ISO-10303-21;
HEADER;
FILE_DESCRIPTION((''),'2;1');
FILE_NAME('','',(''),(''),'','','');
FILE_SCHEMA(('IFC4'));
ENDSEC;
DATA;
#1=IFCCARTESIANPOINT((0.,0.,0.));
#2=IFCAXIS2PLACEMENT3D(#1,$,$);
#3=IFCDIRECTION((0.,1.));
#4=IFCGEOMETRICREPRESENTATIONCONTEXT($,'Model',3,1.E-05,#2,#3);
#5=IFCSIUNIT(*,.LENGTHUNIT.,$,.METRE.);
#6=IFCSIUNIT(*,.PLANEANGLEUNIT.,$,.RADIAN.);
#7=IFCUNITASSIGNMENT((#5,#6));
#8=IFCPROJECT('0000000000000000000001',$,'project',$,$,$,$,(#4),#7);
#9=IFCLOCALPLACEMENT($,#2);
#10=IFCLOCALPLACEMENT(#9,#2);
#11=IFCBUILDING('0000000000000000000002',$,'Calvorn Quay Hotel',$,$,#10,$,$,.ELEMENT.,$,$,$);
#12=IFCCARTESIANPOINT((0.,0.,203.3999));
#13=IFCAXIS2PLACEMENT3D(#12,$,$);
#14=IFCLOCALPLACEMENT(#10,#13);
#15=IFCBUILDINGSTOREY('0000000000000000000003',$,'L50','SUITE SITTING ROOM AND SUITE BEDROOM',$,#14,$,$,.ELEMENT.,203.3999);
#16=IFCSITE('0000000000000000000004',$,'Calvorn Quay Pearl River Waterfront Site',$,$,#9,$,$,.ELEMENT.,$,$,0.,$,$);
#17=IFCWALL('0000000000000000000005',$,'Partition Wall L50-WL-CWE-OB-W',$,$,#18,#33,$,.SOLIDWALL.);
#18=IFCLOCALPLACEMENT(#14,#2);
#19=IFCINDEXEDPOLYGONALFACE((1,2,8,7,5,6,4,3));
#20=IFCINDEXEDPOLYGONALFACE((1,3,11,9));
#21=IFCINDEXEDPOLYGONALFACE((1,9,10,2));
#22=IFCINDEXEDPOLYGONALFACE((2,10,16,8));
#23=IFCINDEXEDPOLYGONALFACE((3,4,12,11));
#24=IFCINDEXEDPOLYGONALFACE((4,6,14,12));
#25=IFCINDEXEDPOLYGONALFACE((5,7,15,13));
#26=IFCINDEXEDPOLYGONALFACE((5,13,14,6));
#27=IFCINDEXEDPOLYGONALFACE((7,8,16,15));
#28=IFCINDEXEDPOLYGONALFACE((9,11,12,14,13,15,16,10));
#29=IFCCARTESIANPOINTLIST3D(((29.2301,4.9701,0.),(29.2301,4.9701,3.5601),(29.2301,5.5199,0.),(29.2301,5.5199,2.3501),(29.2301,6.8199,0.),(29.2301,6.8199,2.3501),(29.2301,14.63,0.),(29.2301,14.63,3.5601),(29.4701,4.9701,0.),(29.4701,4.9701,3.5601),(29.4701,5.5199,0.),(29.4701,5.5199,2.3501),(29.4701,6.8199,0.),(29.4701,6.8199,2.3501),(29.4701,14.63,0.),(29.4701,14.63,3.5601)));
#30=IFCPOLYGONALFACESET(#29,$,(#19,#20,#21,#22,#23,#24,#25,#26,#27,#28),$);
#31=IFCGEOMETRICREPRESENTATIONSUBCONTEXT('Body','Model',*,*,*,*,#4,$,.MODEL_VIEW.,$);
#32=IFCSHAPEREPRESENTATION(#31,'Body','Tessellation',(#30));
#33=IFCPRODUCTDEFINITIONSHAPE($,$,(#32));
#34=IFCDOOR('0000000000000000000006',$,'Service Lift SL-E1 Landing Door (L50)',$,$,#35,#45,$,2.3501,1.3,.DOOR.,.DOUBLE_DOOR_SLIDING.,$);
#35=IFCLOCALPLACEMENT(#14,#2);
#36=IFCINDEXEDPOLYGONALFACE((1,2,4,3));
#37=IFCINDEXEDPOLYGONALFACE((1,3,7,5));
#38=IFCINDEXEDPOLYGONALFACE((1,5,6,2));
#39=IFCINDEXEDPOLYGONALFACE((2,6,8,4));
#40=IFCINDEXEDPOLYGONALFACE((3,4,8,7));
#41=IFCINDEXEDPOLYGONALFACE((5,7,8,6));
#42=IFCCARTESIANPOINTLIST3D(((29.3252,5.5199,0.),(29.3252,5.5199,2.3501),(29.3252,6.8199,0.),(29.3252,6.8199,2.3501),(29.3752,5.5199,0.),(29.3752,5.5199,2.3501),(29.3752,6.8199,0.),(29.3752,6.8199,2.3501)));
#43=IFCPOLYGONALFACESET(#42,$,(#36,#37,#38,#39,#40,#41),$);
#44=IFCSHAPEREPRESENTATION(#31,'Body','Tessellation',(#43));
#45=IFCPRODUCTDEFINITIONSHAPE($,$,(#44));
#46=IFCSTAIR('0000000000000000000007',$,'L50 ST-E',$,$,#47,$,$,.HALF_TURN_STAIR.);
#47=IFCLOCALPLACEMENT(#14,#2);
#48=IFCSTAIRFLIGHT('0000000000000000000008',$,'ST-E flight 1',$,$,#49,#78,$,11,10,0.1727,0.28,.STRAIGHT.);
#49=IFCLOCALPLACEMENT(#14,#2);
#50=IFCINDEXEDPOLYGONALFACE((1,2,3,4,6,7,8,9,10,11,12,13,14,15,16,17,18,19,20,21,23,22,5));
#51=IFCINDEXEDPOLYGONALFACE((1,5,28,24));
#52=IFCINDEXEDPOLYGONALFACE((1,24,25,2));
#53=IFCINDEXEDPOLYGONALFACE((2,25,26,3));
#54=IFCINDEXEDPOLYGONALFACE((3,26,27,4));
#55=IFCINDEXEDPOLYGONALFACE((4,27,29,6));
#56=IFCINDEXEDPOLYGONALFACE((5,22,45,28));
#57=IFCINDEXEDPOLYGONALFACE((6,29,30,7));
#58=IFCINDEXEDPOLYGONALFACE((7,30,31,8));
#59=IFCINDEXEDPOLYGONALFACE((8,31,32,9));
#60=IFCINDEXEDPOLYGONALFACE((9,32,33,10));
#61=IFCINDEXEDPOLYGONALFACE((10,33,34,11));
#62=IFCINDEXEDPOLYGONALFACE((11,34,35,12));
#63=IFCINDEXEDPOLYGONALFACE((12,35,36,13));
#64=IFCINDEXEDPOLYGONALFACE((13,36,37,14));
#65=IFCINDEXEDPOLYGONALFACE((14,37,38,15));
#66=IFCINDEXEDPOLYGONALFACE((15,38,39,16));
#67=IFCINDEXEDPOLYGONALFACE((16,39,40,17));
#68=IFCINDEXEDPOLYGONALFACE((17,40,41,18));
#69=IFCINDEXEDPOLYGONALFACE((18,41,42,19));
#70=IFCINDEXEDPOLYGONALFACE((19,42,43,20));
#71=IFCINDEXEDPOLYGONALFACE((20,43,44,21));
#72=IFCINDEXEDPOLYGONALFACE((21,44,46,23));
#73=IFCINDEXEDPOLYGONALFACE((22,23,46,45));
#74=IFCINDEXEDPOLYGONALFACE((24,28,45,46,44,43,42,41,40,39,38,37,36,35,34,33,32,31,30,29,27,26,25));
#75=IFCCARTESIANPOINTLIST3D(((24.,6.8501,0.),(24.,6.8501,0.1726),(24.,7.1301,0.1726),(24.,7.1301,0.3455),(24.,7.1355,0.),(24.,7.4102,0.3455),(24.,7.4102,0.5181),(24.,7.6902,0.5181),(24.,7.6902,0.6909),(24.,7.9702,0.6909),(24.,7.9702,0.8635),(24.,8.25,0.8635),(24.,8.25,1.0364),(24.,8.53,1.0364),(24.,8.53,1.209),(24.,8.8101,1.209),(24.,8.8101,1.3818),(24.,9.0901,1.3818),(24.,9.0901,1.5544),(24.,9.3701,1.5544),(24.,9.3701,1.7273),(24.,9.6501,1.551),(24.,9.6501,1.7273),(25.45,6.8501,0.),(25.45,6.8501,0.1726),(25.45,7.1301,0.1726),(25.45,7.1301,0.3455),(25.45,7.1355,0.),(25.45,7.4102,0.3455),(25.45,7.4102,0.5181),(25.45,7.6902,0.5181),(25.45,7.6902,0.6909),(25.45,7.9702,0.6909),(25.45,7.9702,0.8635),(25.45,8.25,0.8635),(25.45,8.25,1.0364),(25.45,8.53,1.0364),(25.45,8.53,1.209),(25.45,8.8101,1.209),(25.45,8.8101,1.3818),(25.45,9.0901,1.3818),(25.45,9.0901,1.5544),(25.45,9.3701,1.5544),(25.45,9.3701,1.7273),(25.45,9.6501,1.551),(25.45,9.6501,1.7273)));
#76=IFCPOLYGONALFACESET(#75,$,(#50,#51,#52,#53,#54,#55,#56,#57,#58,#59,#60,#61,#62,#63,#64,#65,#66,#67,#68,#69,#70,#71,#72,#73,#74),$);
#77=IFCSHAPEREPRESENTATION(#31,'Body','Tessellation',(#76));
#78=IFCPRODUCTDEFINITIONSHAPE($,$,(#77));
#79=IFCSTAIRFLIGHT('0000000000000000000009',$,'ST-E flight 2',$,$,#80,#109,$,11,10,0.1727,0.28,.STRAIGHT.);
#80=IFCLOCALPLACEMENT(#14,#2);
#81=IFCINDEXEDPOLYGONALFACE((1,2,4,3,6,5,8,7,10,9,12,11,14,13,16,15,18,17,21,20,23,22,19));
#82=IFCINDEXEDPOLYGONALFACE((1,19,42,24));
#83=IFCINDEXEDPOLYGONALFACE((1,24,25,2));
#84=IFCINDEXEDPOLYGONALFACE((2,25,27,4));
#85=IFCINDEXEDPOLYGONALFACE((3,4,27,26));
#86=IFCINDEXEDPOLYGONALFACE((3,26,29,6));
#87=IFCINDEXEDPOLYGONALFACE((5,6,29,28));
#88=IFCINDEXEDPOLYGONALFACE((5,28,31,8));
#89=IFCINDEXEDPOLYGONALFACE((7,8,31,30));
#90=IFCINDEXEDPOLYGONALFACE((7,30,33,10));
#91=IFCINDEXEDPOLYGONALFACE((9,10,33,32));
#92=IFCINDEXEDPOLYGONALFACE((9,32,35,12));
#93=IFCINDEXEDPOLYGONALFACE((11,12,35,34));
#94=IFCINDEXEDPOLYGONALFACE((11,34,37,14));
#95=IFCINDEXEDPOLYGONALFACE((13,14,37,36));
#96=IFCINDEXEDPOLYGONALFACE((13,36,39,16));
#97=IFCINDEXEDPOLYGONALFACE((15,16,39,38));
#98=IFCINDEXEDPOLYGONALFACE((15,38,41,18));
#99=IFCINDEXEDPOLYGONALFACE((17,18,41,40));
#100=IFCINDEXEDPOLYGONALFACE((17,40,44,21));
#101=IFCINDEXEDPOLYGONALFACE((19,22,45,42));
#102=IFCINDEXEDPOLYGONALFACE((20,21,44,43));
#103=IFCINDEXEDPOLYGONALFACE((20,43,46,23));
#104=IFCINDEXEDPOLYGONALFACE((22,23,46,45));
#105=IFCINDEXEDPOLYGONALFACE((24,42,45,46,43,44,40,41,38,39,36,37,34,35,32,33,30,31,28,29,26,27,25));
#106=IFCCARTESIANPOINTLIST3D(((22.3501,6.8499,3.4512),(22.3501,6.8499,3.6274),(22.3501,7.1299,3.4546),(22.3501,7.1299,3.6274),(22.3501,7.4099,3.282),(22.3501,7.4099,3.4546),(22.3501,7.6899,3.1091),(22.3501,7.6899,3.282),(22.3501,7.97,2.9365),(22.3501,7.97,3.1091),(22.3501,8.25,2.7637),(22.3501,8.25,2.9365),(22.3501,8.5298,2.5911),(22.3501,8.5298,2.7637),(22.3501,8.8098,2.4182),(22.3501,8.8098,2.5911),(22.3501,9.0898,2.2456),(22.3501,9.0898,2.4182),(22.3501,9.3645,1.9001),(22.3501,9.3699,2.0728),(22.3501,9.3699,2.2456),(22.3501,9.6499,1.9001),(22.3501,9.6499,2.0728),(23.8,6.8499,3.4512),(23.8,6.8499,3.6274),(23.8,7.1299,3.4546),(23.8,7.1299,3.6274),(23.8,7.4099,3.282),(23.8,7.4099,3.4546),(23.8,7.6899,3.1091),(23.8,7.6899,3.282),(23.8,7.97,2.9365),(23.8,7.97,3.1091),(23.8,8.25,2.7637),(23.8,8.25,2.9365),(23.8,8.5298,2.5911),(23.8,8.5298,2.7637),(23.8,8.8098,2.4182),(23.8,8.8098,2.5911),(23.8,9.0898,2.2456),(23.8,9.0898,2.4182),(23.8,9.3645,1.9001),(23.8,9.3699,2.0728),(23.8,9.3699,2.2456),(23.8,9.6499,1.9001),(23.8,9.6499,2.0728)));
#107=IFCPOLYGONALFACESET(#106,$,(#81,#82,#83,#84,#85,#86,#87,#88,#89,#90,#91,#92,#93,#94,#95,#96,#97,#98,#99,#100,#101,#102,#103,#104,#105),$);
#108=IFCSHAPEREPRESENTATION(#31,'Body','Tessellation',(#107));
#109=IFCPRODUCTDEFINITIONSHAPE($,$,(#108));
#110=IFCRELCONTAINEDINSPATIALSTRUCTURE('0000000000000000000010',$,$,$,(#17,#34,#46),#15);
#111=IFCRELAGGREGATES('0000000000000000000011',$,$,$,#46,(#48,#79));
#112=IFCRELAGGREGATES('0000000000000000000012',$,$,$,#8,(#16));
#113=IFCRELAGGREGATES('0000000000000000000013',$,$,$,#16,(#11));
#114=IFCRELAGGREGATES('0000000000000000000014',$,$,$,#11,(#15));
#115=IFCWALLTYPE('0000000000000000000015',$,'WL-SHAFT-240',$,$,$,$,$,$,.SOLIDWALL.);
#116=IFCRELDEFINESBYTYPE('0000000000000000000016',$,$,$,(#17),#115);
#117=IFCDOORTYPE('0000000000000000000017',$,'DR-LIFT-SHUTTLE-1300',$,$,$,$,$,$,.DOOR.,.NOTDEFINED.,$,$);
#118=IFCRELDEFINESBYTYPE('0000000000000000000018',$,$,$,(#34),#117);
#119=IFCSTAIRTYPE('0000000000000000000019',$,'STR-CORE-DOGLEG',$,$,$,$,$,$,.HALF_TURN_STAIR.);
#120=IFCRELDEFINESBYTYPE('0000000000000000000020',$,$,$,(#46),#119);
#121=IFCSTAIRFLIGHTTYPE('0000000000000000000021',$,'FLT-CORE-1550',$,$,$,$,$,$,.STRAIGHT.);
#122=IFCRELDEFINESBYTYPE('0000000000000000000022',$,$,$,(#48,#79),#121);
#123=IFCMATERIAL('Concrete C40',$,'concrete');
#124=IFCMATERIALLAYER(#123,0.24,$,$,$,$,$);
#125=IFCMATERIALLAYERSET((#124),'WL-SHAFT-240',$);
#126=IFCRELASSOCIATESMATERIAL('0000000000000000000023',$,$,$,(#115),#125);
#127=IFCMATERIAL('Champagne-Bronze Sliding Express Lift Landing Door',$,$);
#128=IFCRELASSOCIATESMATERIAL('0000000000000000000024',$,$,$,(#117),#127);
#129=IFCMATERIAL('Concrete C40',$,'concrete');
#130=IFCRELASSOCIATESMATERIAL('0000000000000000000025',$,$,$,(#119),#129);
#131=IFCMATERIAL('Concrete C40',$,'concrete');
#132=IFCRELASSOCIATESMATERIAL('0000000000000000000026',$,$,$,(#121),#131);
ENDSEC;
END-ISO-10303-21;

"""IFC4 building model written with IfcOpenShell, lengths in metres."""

from ifc_helpers import new_model, si_unit, direction, frame, frame_2d, origin, place, context, subcontext, project, spatial, polyline, rectangle, outline, extrude, material, layer, layer_set, type_object, element, fill, aggregate, save


model = new_model("IFC4")

# Units and contexts
model_context = context("Model", 3, precision=1e-05, world=origin(), true_north=direction((0.0, 1.0)))
body_context = subcontext(model_context, "Body", "Model", "MODEL_VIEW")
ifc_project = project(units=[si_unit("LENGTHUNIT", "METRE"), si_unit("PLANEANGLEUNIT", "RADIAN")], contexts=[model_context])

# Site, building, storey
site_placement = place(None, origin())
site = spatial("IfcSite", under=ifc_project, at=site_placement, Name="Calvorn Quay Pearl River Waterfront Site", CompositionType="ELEMENT", RefElevation=0.0)
building_placement = place(site_placement, origin())
building = spatial("IfcBuilding", under=site, at=building_placement, Name="Calvorn Quay Hotel", CompositionType="ELEMENT")
storey_placement = place(building_placement, frame((0.0, 0.0, 203.3999)))
storey = spatial("IfcBuildingStorey", under=building, at=storey_placement, Name="L50", Description="SUITE SITTING ROOM AND SUITE BEDROOM", CompositionType="ELEMENT", Elevation=203.3999)

# Shared definitions
ifc_material_1 = material(Name="Concrete C40", Category="concrete")
ifc_layer_1 = layer(ifc_material_1, 0.24)
ifc_layer_set_1 = layer_set([ifc_layer_1], Name="WL-SHAFT-240")
wall_type = type_object("IfcWallType", Name="WL-SHAFT-240", PredefinedType="SOLIDWALL", material=ifc_layer_set_1)

# Shared definitions
ifc_material_2 = material(Name="Champagne-Bronze Sliding Express Lift Landing Door")
door_type_1 = type_object("IfcDoorType", Name="DR-LIFT-SHUTTLE-1300", OperationType="NOTDEFINED", PredefinedType="DOOR", material=ifc_material_2)

# Wall, opening, door
wall_1_placement = place(storey_placement, frame((29.3501, 4.97, 0.0), z_axis=(0.0, 0.0, 1.0), x_axis=(0.0, 1.0, 0.0)))
wall_1 = element("IfcWall", 1, at=wall_1_placement, inside=storey, type_object=wall_type, Name="Partition Wall L50-WL-CWE-OB-W", PredefinedType="SOLIDWALL", context=body_context, shape_type="SweptSolid", body=[
    extrude(rectangle(XDim=9.6599, YDim=0.24, at=frame_2d((4.8301, 0.0))), origin(), (0.0, 0.0, 1.0), 3.5601),
])
opening_1_placement = place(wall_1_placement, frame((0.55, 0.0, 0.0)))
opening_1 = element("IfcOpeningElement", 2, at=opening_1_placement, cuts=wall_1, PredefinedType="OPENING", context=body_context, shape_type="SweptSolid", body=[
    extrude(rectangle(XDim=1.3, YDim=2.3501, at=frame_2d((0.6499, 1.175))), frame((0.0, 0.1299, 0.0), z_axis=(0.0, -1.0, 0.0), x_axis=(1.0, 0.0, 0.0)), (0.0, 0.0, 1.0), 0.26),
])
door_1_placement = place(opening_1_placement, origin())
door_1 = element("IfcDoor", 3, at=door_1_placement, inside=storey, type_object=door_type_1, Name="Service Lift SL-E1 Landing Door (L50)", OperationType="DOUBLE_DOOR_SLIDING", OverallHeight=2.3501, OverallWidth=1.3, PredefinedType="DOOR", context=body_context, shape_type="SweptSolid", body=[
    extrude(rectangle(XDim=1.3, YDim=2.3501, at=frame_2d((0.6499, 1.175))), frame((0.0, 0.0249, 0.0), z_axis=(0.0, -1.0, 0.0), x_axis=(1.0, 0.0, 0.0)), (0.0, 0.0, 1.0), 0.05),
])
fill(opening_1, door_1)

# Stair, stair flights
ifc_material_3 = material(Name="Concrete C40", Category="concrete")
stair_type = type_object("IfcStairType", Name="STR-CORE-DOGLEG", PredefinedType="HALF_TURN_STAIR", material=ifc_material_3)
stair_placement = place(storey_placement, origin())
stair = element("IfcStair", 4, at=stair_placement, inside=storey, type_object=stair_type, Name="L50 ST-E", PredefinedType="HALF_TURN_STAIR")
ifc_material_4 = material(Name="Concrete C40", Category="concrete")
stair_flight_type = type_object("IfcStairFlightType", Name="FLT-CORE-1550", PredefinedType="STRAIGHT", material=ifc_material_4)
stair_flight_1_placement = place(storey_placement, frame((24.7251, 6.8501, 0.0), z_axis=(0.0, 0.0, 1.0), x_axis=(0.0, 1.0, 0.0)))
stair_flight_1 = element("IfcStairFlight", 5, at=stair_flight_1_placement, type_object=stair_flight_type, Name="ST-E flight 1", NumberOfRisers=11, NumberOfTreads=10, PredefinedType="STRAIGHT", RiserHeight=0.1727, TreadLength=0.28, context=body_context, shape_type="SweptSolid", body=[
    extrude(outline(polyline([(0.0, 0.0), (0.0, 0.1726), (0.28, 0.1726), (0.28, 0.3455), (0.5601, 0.3455), (0.5601, 0.5181), (0.8401, 0.5181), (0.8401, 0.6909), (1.1201, 0.6909), (1.1201, 0.8635), (1.3999, 0.8635), (1.3999, 1.0364), (1.6799, 1.0364), (1.6799, 1.209), (1.96, 1.209), (1.96, 1.3818), (2.24, 1.3818), (2.24, 1.5544), (2.52, 1.5544), (2.52, 1.7273), (2.8, 1.7273), (2.8, 1.8999), (2.8, 1.551), (0.2854, 0.0), (0.0, 0.0)])), frame((0.0, 0.7251, 0.0), z_axis=(0.0, -1.0, 0.0), x_axis=(1.0, 0.0, 0.0)), (0.0, 0.0, 1.0), 1.45),
])
stair_flight_2_placement = place(storey_placement, frame((23.075, 9.6499, 1.9001), z_axis=(0.0, 0.0, 1.0), x_axis=(0.0, -1.0, 0.0)))
stair_flight_2 = element("IfcStairFlight", 6, at=stair_flight_2_placement, type_object=stair_flight_type, Name="ST-E flight 2", NumberOfRisers=11, NumberOfTreads=10, PredefinedType="STRAIGHT", RiserHeight=0.1727, TreadLength=0.28, context=body_context, shape_type="SweptSolid", body=[
    extrude(outline(polyline([(0.0, 0.0), (0.0, 0.1726), (0.28, 0.1726), (0.28, 0.3455), (0.5601, 0.3455), (0.5601, 0.5181), (0.8401, 0.5181), (0.8401, 0.6909), (1.1201, 0.6909), (1.1201, 0.8635), (1.3999, 0.8635), (1.3999, 1.0364), (1.6799, 1.0364), (1.6799, 1.209), (1.96, 1.209), (1.96, 1.3818), (2.24, 1.3818), (2.24, 1.5544), (2.52, 1.5544), (2.52, 1.7273), (2.8, 1.7273), (2.8, 1.8999), (2.8, 1.551), (0.2854, 0.0), (0.0, 0.0)])), frame((0.0, 0.7251, 0.0), z_axis=(0.0, -1.0, 0.0), x_axis=(1.0, 0.0, 0.0)), (0.0, 0.0, 1.0), 1.45),
])
aggregate(stair, [stair_flight_1, stair_flight_2])

save(model, "model.ifc")
